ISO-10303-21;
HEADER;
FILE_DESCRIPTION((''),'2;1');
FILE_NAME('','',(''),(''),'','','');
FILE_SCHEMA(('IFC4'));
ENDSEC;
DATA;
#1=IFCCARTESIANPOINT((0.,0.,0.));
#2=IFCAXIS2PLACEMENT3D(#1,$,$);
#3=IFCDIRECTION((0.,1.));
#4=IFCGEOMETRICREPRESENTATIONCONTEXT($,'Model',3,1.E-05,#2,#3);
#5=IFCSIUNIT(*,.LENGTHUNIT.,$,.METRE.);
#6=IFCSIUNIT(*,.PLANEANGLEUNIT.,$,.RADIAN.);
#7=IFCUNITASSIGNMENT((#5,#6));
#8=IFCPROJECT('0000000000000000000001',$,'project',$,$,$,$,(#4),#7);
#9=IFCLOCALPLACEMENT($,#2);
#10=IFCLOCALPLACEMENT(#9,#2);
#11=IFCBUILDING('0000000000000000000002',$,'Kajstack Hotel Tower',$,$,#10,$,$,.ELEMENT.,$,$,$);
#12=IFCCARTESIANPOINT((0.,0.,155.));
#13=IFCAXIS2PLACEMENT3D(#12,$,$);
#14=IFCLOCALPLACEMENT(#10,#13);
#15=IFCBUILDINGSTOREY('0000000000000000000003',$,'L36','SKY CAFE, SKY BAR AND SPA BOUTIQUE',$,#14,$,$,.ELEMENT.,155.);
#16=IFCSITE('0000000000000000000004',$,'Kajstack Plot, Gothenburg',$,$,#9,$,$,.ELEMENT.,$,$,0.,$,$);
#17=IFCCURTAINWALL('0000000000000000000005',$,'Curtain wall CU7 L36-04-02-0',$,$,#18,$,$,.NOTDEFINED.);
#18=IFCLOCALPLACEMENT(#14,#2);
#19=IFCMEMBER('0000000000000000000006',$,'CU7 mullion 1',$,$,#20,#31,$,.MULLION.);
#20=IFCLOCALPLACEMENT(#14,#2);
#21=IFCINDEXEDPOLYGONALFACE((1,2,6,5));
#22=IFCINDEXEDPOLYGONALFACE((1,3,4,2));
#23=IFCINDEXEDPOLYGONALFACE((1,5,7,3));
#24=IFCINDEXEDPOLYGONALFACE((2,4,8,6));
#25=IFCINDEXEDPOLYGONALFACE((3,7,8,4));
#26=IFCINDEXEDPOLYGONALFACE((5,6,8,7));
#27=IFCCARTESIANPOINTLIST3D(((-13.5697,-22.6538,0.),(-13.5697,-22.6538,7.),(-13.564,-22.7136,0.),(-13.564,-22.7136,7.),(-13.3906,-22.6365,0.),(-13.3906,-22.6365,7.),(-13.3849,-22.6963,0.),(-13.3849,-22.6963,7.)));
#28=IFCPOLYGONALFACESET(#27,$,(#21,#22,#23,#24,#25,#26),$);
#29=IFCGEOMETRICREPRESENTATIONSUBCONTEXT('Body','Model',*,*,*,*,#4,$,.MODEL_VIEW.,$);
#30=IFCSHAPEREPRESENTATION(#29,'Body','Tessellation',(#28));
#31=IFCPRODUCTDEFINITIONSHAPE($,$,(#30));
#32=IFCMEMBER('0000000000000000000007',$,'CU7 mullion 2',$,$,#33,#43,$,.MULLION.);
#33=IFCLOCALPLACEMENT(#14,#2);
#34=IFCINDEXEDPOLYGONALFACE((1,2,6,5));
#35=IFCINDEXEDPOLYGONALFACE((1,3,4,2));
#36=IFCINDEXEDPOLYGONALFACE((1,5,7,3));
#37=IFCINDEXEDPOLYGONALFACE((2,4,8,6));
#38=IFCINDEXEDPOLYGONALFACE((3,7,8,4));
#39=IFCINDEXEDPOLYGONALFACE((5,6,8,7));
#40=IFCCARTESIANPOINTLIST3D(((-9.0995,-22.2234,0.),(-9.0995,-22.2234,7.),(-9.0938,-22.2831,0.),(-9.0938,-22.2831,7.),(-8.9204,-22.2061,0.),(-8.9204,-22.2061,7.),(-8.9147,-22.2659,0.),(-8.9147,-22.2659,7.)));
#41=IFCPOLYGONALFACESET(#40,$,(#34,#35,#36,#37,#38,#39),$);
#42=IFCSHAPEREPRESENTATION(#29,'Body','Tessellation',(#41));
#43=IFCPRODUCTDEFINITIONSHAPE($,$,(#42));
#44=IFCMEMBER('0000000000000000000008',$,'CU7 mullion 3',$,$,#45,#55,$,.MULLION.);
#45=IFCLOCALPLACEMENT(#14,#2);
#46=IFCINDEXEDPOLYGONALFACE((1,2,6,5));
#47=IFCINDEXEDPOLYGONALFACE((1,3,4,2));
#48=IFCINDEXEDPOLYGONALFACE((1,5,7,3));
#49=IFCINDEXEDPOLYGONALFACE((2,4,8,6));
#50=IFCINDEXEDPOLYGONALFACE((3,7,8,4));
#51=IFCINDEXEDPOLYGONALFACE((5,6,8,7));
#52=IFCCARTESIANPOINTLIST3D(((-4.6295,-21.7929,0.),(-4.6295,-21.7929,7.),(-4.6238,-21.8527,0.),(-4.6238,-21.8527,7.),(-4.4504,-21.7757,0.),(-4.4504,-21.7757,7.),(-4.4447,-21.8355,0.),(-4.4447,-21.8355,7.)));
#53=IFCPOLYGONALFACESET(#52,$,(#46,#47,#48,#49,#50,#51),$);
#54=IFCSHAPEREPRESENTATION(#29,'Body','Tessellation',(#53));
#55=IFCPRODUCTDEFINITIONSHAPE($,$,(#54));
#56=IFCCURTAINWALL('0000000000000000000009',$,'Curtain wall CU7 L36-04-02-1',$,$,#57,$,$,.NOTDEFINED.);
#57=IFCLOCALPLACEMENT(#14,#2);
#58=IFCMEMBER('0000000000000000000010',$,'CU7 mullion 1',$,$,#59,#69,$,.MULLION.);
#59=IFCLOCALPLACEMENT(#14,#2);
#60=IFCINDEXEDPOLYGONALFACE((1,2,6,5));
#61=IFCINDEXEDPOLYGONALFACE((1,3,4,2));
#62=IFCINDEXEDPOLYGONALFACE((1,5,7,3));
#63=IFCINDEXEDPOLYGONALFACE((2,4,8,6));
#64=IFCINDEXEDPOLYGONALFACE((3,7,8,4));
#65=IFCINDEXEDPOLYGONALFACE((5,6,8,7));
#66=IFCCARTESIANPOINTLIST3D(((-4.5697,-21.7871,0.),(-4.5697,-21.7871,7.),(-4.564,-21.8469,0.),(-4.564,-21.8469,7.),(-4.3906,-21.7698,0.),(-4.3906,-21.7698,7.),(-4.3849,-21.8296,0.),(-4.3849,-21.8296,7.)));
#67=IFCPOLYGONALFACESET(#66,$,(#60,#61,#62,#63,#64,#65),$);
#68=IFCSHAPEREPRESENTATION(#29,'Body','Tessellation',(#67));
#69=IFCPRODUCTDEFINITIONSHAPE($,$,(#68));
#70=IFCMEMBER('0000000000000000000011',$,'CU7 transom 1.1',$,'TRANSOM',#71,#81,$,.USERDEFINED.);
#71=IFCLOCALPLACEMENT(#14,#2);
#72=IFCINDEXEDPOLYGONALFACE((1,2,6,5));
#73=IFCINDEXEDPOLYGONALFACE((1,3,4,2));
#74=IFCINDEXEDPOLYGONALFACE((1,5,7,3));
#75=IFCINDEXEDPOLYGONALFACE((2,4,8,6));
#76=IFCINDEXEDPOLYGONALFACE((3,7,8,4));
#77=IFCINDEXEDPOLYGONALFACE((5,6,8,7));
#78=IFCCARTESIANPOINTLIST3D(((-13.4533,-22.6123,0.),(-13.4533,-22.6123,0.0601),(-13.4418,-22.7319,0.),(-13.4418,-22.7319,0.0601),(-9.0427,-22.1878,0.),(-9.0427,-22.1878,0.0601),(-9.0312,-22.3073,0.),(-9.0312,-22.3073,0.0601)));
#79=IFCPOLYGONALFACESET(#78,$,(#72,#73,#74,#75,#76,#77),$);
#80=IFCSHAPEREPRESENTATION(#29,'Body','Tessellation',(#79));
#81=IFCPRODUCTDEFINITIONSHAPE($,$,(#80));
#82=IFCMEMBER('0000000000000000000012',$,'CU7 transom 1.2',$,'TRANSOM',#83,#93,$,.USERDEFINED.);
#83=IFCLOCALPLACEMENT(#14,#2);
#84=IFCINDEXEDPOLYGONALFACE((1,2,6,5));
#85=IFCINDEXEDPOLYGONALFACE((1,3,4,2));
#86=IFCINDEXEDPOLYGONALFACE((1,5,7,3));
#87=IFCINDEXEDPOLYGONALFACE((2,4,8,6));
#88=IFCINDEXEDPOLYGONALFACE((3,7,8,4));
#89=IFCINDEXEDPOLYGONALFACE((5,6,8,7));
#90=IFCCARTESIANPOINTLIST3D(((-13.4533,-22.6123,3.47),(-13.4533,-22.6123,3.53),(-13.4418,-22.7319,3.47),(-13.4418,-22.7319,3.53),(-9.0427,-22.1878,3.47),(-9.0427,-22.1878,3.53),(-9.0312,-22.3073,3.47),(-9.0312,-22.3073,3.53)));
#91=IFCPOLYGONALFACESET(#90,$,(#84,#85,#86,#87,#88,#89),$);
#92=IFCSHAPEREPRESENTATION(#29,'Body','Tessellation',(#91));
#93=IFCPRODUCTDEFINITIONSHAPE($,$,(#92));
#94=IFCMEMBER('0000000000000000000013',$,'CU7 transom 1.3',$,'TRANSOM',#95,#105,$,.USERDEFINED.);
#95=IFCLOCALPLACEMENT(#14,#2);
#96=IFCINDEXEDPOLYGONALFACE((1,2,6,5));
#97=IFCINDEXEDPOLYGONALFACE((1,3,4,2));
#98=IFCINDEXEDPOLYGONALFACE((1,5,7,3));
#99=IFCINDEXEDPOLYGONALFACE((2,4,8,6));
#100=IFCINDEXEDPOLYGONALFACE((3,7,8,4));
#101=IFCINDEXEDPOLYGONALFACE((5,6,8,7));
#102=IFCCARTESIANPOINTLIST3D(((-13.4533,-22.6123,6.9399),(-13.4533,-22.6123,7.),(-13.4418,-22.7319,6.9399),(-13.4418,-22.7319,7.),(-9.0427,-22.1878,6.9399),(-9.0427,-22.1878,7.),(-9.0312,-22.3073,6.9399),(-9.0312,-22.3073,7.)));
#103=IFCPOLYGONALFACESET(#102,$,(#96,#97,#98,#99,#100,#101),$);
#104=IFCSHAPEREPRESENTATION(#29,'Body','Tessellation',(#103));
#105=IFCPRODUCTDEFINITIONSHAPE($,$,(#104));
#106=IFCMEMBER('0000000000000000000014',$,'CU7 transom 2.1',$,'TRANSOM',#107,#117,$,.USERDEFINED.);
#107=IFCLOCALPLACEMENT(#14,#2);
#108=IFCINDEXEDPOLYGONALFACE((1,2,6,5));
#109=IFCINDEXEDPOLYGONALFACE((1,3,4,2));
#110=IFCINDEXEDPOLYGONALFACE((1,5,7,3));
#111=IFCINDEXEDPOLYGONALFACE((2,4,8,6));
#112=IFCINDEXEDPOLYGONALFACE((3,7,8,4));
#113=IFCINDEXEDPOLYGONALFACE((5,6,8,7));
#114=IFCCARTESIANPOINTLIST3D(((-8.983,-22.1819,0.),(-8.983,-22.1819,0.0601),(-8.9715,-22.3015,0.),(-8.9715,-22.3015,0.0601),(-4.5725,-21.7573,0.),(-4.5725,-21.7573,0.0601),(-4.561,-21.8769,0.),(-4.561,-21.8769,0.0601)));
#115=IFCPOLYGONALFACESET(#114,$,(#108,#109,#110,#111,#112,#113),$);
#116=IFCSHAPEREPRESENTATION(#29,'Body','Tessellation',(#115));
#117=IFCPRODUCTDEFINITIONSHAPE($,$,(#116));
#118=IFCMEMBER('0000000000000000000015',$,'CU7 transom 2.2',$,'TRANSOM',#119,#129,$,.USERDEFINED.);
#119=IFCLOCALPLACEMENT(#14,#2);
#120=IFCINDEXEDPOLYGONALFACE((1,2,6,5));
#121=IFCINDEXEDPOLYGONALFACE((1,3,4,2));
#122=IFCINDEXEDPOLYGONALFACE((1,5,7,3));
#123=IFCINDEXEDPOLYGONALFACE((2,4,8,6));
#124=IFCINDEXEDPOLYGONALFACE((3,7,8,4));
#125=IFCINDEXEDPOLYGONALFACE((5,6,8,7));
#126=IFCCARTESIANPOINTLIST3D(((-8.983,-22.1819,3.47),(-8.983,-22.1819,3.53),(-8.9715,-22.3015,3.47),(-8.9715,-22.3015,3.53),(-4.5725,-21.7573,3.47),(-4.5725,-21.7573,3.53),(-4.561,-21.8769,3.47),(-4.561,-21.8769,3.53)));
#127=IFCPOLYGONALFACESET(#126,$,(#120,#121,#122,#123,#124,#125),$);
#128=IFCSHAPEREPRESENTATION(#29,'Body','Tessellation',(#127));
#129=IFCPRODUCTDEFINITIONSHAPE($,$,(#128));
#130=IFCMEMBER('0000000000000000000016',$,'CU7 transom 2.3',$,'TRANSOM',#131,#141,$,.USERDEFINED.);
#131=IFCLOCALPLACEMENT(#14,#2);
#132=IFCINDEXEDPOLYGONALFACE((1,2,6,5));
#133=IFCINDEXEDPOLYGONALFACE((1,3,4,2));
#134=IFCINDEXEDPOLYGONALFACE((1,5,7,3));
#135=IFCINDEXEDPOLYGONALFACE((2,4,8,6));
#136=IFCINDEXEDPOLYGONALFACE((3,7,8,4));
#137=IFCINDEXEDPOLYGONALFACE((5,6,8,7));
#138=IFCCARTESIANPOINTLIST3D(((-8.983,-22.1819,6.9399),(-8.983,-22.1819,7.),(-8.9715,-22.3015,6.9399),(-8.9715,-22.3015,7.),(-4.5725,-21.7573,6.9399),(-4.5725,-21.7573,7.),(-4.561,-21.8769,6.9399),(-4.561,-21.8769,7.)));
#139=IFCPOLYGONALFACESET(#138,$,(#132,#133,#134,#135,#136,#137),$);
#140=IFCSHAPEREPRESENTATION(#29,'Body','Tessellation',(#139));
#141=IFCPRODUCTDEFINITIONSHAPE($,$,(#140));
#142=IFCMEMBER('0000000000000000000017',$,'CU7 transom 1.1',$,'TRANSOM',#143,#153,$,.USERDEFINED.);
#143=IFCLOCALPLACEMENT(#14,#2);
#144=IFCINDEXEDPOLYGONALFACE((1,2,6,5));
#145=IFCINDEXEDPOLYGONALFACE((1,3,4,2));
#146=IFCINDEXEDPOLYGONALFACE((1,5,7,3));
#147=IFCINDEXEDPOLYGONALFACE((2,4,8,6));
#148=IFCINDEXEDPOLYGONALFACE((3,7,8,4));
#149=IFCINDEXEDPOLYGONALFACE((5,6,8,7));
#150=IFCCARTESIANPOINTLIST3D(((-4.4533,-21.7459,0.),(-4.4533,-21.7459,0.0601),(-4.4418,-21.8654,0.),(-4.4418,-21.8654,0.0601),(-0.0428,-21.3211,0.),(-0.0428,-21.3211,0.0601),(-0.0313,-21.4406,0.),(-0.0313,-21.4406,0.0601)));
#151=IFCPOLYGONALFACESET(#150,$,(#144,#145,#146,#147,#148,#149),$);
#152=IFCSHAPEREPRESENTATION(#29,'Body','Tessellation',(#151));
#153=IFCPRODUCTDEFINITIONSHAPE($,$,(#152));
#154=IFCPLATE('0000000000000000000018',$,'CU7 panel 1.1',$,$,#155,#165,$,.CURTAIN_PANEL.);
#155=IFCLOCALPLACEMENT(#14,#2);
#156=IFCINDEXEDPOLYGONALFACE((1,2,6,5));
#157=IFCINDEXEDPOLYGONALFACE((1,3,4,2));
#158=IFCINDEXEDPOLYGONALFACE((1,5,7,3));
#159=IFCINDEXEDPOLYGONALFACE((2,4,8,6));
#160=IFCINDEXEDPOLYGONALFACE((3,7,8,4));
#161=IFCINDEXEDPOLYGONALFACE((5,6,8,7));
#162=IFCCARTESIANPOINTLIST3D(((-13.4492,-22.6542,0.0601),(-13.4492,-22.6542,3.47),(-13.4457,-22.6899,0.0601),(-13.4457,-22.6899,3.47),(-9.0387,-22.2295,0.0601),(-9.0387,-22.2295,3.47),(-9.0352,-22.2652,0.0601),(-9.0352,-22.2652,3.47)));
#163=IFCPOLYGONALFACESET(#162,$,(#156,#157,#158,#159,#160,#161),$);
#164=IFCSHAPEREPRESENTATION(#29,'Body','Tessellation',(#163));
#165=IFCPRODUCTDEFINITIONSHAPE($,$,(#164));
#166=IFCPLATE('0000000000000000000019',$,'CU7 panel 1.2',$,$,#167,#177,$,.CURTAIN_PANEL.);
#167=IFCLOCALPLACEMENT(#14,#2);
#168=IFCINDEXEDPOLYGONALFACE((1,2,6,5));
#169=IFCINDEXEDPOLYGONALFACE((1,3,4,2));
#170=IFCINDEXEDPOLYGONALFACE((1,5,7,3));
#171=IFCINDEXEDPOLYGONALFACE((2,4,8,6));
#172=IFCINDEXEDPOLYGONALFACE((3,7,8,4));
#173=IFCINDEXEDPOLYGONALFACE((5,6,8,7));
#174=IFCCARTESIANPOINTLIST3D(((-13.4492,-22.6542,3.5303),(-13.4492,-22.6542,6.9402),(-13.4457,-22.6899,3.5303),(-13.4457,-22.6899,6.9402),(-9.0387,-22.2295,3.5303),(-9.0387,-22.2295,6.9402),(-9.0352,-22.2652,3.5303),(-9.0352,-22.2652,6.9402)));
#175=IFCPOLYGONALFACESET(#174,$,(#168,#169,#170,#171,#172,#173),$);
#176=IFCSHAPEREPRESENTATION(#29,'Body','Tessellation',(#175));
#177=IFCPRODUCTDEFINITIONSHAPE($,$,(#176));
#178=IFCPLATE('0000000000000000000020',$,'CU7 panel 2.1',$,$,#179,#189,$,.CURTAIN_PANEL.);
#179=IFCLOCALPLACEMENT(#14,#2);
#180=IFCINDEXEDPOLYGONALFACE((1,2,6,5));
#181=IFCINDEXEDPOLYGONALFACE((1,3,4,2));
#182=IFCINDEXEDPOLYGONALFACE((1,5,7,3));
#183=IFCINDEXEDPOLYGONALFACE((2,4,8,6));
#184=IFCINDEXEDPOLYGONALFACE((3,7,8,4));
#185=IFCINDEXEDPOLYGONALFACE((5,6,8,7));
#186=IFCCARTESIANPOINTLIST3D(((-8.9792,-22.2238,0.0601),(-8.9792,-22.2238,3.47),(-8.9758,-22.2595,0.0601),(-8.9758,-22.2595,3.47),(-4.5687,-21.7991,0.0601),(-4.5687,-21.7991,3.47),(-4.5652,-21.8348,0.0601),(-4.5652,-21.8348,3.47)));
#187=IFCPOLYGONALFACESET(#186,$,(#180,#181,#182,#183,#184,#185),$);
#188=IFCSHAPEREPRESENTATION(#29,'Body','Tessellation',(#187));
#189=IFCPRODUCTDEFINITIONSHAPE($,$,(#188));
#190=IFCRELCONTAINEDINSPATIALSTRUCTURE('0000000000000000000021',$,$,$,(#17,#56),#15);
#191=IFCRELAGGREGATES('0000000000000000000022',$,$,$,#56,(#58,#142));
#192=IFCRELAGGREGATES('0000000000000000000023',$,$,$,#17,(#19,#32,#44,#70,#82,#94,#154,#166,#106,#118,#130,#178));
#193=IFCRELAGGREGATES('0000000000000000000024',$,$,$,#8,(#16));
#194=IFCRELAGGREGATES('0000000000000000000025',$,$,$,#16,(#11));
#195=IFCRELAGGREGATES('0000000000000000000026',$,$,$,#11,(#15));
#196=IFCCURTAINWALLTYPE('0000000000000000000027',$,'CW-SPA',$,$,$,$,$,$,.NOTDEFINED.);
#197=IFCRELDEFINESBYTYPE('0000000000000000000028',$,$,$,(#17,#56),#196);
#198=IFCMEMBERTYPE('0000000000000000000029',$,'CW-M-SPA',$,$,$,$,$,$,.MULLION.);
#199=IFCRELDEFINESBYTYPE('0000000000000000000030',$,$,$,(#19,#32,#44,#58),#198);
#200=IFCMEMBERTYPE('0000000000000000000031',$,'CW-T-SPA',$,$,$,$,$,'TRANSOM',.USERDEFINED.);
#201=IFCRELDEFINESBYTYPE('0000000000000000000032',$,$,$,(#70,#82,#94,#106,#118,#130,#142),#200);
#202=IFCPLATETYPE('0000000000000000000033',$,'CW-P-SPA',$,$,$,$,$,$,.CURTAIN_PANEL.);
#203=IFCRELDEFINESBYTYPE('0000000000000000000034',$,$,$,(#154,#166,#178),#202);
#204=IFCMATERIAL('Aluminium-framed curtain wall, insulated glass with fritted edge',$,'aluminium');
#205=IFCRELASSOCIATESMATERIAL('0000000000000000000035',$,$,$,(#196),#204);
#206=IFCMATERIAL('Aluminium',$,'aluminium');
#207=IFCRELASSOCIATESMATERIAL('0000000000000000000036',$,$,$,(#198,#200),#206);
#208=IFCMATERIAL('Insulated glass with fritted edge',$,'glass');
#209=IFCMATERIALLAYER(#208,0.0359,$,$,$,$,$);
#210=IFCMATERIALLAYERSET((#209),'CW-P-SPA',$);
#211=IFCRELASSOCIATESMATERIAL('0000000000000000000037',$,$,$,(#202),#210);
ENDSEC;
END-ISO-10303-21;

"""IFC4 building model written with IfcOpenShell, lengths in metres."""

from ifc_helpers import new_model, si_unit, direction, frame, origin, origin_2d, place, context, subcontext, project, spatial, rectangle, extrude, material, layer, layer_set, material_profile, profile_set, type_object, element, aggregate, save


model = new_model("IFC4")

# Units and contexts
model_context = context("Model", 3, precision=1e-05, world=origin(), true_north=direction((0.0, 1.0)))
body_context = subcontext(model_context, "Body", "Model", "MODEL_VIEW")
ifc_project = project(units=[si_unit("LENGTHUNIT", "METRE"), si_unit("PLANEANGLEUNIT", "RADIAN")], contexts=[model_context])

# Site, building, storey
site_placement = place(None, origin())
site = spatial("IfcSite", under=ifc_project, at=site_placement, Name="Kajstack Plot, Gothenburg", CompositionType="ELEMENT", RefElevation=0.0)
building_placement = place(site_placement, origin())
building = spatial("IfcBuilding", under=site, at=building_placement, Name="Kajstack Hotel Tower", CompositionType="ELEMENT")
storey_placement = place(building_placement, frame((0.0, 0.0, 155.0)))
storey = spatial("IfcBuildingStorey", under=building, at=storey_placement, Name="L36", Description="SKY CAFE, SKY BAR AND SPA BOUTIQUE", CompositionType="ELEMENT", Elevation=155.0)

# Curtain wall, members
ifc_material_1 = material(Name="Aluminium-framed curtain wall, insulated glass with fritted edge", Category="aluminium")
curtain_wall_type = type_object("IfcCurtainWallType", Name="CW-SPA", PredefinedType="NOTDEFINED", material=ifc_material_1)
curtain_wall_1_placement = place(storey_placement, origin())
curtain_wall_1 = element("IfcCurtainWall", 1, at=curtain_wall_1_placement, inside=storey, type_object=curtain_wall_type, Name="Curtain wall CU7 L36-04-02-0", PredefinedType="NOTDEFINED")
ifc_material_2 = material(Name="Aluminium", Category="aluminium")
ifc_material_profile_1 = material_profile(ifc_material_2, rectangle(XDim=0.0601, YDim=0.1799, at=origin_2d()), Name="Aluminium mullion 60 x 180")
ifc_profile_set_1 = profile_set([ifc_material_profile_1], Name="Aluminium")
member_type_1 = type_object("IfcMemberType", Name="CW-M-SPA", PredefinedType="MULLION", material=ifc_profile_set_1)
member_1_placement = place(storey_placement, frame((-13.4773, -22.675, 0.0), z_axis=(0.0, 0.0, 1.0), x_axis=(-0.095845, 0.995396, 0.0)))
member_1 = element("IfcMember", 2, at=member_1_placement, type_object=member_type_1, Name="CU7 mullion 1", PredefinedType="MULLION", context=body_context, shape_type="SweptSolid", body=[
    extrude(rectangle(XDim=0.0601, YDim=0.1799, at=origin_2d()), origin(), (0.0, 0.0, 1.0), 7.0),
])
member_2_placement = place(storey_placement, frame((-9.0071, -22.2446, 0.0), z_axis=(0.0, 0.0, 1.0), x_axis=(-0.095845, 0.995396, 0.0)))
member_2 = element("IfcMember", 3, at=member_2_placement, type_object=member_type_1, Name="CU7 mullion 2", PredefinedType="MULLION", context=body_context, shape_type="SweptSolid", body=[
    extrude(rectangle(XDim=0.0601, YDim=0.1799, at=origin_2d()), origin(), (0.0, 0.0, 1.0), 7.0),
])
member_3_placement = place(storey_placement, frame((-4.5371, -21.8142, 0.0), z_axis=(0.0, 0.0, 1.0), x_axis=(-0.095845, 0.995396, 0.0)))
member_3 = element("IfcMember", 4, at=member_3_placement, type_object=member_type_1, Name="CU7 mullion 3", PredefinedType="MULLION", context=body_context, shape_type="SweptSolid", body=[
    extrude(rectangle(XDim=0.0601, YDim=0.1799, at=origin_2d()), origin(), (0.0, 0.0, 1.0), 7.0),
])

# Curtain wall, member
curtain_wall_2_placement = place(storey_placement, origin())
curtain_wall_2 = element("IfcCurtainWall", 5, at=curtain_wall_2_placement, inside=storey, type_object=curtain_wall_type, Name="Curtain wall CU7 L36-04-02-1", PredefinedType="NOTDEFINED")
member_4_placement = place(storey_placement, frame((-4.4773, -21.8083, 0.0), z_axis=(0.0, 0.0, 1.0), x_axis=(-0.095845, 0.995396, 0.0)))
member_4 = element("IfcMember", 6, at=member_4_placement, type_object=member_type_1, Name="CU7 mullion 1", PredefinedType="MULLION", context=body_context, shape_type="SweptSolid", body=[
    extrude(rectangle(XDim=0.0601, YDim=0.1799, at=origin_2d()), origin(), (0.0, 0.0, 1.0), 7.0),
])

# Members
ifc_material_profile_2 = material_profile(ifc_material_2, rectangle(XDim=0.1201, YDim=0.0601, at=origin_2d()), Name="Aluminium transom 120 x 60")
ifc_profile_set_2 = profile_set([ifc_material_profile_2], Name="Aluminium")
member_type_2 = type_object("IfcMemberType", Name="CW-T-SPA", ElementType="TRANSOM", PredefinedType="USERDEFINED", material=ifc_profile_set_2)
member_5_placement = place(storey_placement, frame((-13.4475, -22.6721, 0.03), z_axis=(0.995399, 0.095821, 0.0), x_axis=(-0.095821, 0.995399, 0.0)))
member_5 = element("IfcMember", 7, at=member_5_placement, type_object=member_type_2, Name="CU7 transom 1.1", ObjectType="TRANSOM", PredefinedType="USERDEFINED", context=body_context, shape_type="SweptSolid", body=[
    extrude(rectangle(XDim=0.1201, YDim=0.0601, at=origin_2d()), origin(), (0.0, 0.0, 1.0), 4.4309),
])
member_6_placement = place(storey_placement, frame((-13.4475, -22.6721, 3.5), z_axis=(0.995399, 0.095821, 0.0), x_axis=(-0.095821, 0.995399, 0.0)))
member_6 = element("IfcMember", 8, at=member_6_placement, type_object=member_type_2, Name="CU7 transom 1.2", ObjectType="TRANSOM", PredefinedType="USERDEFINED", context=body_context, shape_type="SweptSolid", body=[
    extrude(rectangle(XDim=0.1201, YDim=0.0601, at=origin_2d()), origin(), (0.0, 0.0, 1.0), 4.4309),
])
member_7_placement = place(storey_placement, frame((-13.4475, -22.6721, 6.97), z_axis=(0.995399, 0.095821, 0.0), x_axis=(-0.095821, 0.995399, 0.0)))
member_7 = element("IfcMember", 9, at=member_7_placement, type_object=member_type_2, Name="CU7 transom 1.3", ObjectType="TRANSOM", PredefinedType="USERDEFINED", context=body_context, shape_type="SweptSolid", body=[
    extrude(rectangle(XDim=0.1201, YDim=0.0601, at=origin_2d()), origin(), (0.0, 0.0, 1.0), 4.4309),
])
member_8_placement = place(storey_placement, frame((-8.9773, -22.2417, 0.03), z_axis=(0.995399, 0.095821, 0.0), x_axis=(-0.095821, 0.995399, 0.0)))
member_8 = element("IfcMember", 10, at=member_8_placement, type_object=member_type_2, Name="CU7 transom 2.1", ObjectType="TRANSOM", PredefinedType="USERDEFINED", context=body_context, shape_type="SweptSolid", body=[
    extrude(rectangle(XDim=0.1201, YDim=0.0601, at=origin_2d()), origin(), (0.0, 0.0, 1.0), 4.4309),
])
member_9_placement = place(storey_placement, frame((-8.9773, -22.2417, 3.5), z_axis=(0.995399, 0.095821, 0.0), x_axis=(-0.095821, 0.995399, 0.0)))
member_9 = element("IfcMember", 11, at=member_9_placement, type_object=member_type_2, Name="CU7 transom 2.2", ObjectType="TRANSOM", PredefinedType="USERDEFINED", context=body_context, shape_type="SweptSolid", body=[
    extrude(rectangle(XDim=0.1201, YDim=0.0601, at=origin_2d()), origin(), (0.0, 0.0, 1.0), 4.4309),
])
member_10_placement = place(storey_placement, frame((-8.9773, -22.2417, 6.97), z_axis=(0.995399, 0.095821, 0.0), x_axis=(-0.095821, 0.995399, 0.0)))
member_10 = element("IfcMember", 12, at=member_10_placement, type_object=member_type_2, Name="CU7 transom 2.3", ObjectType="TRANSOM", PredefinedType="USERDEFINED", context=body_context, shape_type="SweptSolid", body=[
    extrude(rectangle(XDim=0.1201, YDim=0.0601, at=origin_2d()), origin(), (0.0, 0.0, 1.0), 4.4309),
])
member_11_placement = place(storey_placement, frame((-4.4475, -21.8057, 0.03), z_axis=(0.995393, 0.095875, 0.0), x_axis=(-0.095875, 0.995393, 0.0)))
member_11 = element("IfcMember", 13, at=member_11_placement, type_object=member_type_2, Name="CU7 transom 1.1", ObjectType="TRANSOM", PredefinedType="USERDEFINED", context=body_context, shape_type="SweptSolid", body=[
    extrude(rectangle(XDim=0.1201, YDim=0.0601, at=origin_2d()), origin(), (0.0, 0.0, 1.0), 4.4309),
])
aggregate(curtain_wall_2, [member_4, member_11])

# Plates
ifc_material_3 = material(Name="Insulated glass with fritted edge", Category="glass")
ifc_layer_1 = layer(ifc_material_3, 0.0359)
ifc_layer_set_1 = layer_set([ifc_layer_1], Name="CW-P-SPA")
plate_type = type_object("IfcPlateType", Name="CW-P-SPA", PredefinedType="CURTAIN_PANEL", material=ifc_layer_set_1)
plate_1_placement = place(storey_placement, frame((-11.2422, -22.4597, 0.0601), z_axis=(0.0, 0.0, 1.0), x_axis=(0.995396, 0.095845, 0.0)))
plate_1 = element("IfcPlate", 14, at=plate_1_placement, type_object=plate_type, Name="CU7 panel 1.1", PredefinedType="CURTAIN_PANEL", context=body_context, shape_type="SweptSolid", body=[
    extrude(rectangle(XDim=4.4309, YDim=0.0359, at=origin_2d()), origin(), (0.0, 0.0, 1.0), 3.4099),
])
plate_2_placement = place(storey_placement, frame((-11.2422, -22.4597, 3.5303), z_axis=(0.0, 0.0, 1.0), x_axis=(0.995396, 0.095845, 0.0)))
plate_2 = element("IfcPlate", 15, at=plate_2_placement, type_object=plate_type, Name="CU7 panel 1.2", PredefinedType="CURTAIN_PANEL", context=body_context, shape_type="SweptSolid", body=[
    extrude(rectangle(XDim=4.4309, YDim=0.0359, at=origin_2d()), origin(), (0.0, 0.0, 1.0), 3.4099),
])
plate_3_placement = place(storey_placement, frame((-6.7722, -22.0293, 0.0601), z_axis=(0.0, 0.0, 1.0), x_axis=(0.995396, 0.095845, 0.0)))
plate_3 = element("IfcPlate", 16, at=plate_3_placement, type_object=plate_type, Name="CU7 panel 2.1", PredefinedType="CURTAIN_PANEL", context=body_context, shape_type="SweptSolid", body=[
    extrude(rectangle(XDim=4.4309, YDim=0.0359, at=origin_2d()), origin(), (0.0, 0.0, 1.0), 3.4099),
])
aggregate(curtain_wall_1, [member_1, member_2, member_3, member_5, member_6, member_7, plate_1, plate_2, member_8, member_9, member_10, plate_3])

save(model, "model.ifc")
